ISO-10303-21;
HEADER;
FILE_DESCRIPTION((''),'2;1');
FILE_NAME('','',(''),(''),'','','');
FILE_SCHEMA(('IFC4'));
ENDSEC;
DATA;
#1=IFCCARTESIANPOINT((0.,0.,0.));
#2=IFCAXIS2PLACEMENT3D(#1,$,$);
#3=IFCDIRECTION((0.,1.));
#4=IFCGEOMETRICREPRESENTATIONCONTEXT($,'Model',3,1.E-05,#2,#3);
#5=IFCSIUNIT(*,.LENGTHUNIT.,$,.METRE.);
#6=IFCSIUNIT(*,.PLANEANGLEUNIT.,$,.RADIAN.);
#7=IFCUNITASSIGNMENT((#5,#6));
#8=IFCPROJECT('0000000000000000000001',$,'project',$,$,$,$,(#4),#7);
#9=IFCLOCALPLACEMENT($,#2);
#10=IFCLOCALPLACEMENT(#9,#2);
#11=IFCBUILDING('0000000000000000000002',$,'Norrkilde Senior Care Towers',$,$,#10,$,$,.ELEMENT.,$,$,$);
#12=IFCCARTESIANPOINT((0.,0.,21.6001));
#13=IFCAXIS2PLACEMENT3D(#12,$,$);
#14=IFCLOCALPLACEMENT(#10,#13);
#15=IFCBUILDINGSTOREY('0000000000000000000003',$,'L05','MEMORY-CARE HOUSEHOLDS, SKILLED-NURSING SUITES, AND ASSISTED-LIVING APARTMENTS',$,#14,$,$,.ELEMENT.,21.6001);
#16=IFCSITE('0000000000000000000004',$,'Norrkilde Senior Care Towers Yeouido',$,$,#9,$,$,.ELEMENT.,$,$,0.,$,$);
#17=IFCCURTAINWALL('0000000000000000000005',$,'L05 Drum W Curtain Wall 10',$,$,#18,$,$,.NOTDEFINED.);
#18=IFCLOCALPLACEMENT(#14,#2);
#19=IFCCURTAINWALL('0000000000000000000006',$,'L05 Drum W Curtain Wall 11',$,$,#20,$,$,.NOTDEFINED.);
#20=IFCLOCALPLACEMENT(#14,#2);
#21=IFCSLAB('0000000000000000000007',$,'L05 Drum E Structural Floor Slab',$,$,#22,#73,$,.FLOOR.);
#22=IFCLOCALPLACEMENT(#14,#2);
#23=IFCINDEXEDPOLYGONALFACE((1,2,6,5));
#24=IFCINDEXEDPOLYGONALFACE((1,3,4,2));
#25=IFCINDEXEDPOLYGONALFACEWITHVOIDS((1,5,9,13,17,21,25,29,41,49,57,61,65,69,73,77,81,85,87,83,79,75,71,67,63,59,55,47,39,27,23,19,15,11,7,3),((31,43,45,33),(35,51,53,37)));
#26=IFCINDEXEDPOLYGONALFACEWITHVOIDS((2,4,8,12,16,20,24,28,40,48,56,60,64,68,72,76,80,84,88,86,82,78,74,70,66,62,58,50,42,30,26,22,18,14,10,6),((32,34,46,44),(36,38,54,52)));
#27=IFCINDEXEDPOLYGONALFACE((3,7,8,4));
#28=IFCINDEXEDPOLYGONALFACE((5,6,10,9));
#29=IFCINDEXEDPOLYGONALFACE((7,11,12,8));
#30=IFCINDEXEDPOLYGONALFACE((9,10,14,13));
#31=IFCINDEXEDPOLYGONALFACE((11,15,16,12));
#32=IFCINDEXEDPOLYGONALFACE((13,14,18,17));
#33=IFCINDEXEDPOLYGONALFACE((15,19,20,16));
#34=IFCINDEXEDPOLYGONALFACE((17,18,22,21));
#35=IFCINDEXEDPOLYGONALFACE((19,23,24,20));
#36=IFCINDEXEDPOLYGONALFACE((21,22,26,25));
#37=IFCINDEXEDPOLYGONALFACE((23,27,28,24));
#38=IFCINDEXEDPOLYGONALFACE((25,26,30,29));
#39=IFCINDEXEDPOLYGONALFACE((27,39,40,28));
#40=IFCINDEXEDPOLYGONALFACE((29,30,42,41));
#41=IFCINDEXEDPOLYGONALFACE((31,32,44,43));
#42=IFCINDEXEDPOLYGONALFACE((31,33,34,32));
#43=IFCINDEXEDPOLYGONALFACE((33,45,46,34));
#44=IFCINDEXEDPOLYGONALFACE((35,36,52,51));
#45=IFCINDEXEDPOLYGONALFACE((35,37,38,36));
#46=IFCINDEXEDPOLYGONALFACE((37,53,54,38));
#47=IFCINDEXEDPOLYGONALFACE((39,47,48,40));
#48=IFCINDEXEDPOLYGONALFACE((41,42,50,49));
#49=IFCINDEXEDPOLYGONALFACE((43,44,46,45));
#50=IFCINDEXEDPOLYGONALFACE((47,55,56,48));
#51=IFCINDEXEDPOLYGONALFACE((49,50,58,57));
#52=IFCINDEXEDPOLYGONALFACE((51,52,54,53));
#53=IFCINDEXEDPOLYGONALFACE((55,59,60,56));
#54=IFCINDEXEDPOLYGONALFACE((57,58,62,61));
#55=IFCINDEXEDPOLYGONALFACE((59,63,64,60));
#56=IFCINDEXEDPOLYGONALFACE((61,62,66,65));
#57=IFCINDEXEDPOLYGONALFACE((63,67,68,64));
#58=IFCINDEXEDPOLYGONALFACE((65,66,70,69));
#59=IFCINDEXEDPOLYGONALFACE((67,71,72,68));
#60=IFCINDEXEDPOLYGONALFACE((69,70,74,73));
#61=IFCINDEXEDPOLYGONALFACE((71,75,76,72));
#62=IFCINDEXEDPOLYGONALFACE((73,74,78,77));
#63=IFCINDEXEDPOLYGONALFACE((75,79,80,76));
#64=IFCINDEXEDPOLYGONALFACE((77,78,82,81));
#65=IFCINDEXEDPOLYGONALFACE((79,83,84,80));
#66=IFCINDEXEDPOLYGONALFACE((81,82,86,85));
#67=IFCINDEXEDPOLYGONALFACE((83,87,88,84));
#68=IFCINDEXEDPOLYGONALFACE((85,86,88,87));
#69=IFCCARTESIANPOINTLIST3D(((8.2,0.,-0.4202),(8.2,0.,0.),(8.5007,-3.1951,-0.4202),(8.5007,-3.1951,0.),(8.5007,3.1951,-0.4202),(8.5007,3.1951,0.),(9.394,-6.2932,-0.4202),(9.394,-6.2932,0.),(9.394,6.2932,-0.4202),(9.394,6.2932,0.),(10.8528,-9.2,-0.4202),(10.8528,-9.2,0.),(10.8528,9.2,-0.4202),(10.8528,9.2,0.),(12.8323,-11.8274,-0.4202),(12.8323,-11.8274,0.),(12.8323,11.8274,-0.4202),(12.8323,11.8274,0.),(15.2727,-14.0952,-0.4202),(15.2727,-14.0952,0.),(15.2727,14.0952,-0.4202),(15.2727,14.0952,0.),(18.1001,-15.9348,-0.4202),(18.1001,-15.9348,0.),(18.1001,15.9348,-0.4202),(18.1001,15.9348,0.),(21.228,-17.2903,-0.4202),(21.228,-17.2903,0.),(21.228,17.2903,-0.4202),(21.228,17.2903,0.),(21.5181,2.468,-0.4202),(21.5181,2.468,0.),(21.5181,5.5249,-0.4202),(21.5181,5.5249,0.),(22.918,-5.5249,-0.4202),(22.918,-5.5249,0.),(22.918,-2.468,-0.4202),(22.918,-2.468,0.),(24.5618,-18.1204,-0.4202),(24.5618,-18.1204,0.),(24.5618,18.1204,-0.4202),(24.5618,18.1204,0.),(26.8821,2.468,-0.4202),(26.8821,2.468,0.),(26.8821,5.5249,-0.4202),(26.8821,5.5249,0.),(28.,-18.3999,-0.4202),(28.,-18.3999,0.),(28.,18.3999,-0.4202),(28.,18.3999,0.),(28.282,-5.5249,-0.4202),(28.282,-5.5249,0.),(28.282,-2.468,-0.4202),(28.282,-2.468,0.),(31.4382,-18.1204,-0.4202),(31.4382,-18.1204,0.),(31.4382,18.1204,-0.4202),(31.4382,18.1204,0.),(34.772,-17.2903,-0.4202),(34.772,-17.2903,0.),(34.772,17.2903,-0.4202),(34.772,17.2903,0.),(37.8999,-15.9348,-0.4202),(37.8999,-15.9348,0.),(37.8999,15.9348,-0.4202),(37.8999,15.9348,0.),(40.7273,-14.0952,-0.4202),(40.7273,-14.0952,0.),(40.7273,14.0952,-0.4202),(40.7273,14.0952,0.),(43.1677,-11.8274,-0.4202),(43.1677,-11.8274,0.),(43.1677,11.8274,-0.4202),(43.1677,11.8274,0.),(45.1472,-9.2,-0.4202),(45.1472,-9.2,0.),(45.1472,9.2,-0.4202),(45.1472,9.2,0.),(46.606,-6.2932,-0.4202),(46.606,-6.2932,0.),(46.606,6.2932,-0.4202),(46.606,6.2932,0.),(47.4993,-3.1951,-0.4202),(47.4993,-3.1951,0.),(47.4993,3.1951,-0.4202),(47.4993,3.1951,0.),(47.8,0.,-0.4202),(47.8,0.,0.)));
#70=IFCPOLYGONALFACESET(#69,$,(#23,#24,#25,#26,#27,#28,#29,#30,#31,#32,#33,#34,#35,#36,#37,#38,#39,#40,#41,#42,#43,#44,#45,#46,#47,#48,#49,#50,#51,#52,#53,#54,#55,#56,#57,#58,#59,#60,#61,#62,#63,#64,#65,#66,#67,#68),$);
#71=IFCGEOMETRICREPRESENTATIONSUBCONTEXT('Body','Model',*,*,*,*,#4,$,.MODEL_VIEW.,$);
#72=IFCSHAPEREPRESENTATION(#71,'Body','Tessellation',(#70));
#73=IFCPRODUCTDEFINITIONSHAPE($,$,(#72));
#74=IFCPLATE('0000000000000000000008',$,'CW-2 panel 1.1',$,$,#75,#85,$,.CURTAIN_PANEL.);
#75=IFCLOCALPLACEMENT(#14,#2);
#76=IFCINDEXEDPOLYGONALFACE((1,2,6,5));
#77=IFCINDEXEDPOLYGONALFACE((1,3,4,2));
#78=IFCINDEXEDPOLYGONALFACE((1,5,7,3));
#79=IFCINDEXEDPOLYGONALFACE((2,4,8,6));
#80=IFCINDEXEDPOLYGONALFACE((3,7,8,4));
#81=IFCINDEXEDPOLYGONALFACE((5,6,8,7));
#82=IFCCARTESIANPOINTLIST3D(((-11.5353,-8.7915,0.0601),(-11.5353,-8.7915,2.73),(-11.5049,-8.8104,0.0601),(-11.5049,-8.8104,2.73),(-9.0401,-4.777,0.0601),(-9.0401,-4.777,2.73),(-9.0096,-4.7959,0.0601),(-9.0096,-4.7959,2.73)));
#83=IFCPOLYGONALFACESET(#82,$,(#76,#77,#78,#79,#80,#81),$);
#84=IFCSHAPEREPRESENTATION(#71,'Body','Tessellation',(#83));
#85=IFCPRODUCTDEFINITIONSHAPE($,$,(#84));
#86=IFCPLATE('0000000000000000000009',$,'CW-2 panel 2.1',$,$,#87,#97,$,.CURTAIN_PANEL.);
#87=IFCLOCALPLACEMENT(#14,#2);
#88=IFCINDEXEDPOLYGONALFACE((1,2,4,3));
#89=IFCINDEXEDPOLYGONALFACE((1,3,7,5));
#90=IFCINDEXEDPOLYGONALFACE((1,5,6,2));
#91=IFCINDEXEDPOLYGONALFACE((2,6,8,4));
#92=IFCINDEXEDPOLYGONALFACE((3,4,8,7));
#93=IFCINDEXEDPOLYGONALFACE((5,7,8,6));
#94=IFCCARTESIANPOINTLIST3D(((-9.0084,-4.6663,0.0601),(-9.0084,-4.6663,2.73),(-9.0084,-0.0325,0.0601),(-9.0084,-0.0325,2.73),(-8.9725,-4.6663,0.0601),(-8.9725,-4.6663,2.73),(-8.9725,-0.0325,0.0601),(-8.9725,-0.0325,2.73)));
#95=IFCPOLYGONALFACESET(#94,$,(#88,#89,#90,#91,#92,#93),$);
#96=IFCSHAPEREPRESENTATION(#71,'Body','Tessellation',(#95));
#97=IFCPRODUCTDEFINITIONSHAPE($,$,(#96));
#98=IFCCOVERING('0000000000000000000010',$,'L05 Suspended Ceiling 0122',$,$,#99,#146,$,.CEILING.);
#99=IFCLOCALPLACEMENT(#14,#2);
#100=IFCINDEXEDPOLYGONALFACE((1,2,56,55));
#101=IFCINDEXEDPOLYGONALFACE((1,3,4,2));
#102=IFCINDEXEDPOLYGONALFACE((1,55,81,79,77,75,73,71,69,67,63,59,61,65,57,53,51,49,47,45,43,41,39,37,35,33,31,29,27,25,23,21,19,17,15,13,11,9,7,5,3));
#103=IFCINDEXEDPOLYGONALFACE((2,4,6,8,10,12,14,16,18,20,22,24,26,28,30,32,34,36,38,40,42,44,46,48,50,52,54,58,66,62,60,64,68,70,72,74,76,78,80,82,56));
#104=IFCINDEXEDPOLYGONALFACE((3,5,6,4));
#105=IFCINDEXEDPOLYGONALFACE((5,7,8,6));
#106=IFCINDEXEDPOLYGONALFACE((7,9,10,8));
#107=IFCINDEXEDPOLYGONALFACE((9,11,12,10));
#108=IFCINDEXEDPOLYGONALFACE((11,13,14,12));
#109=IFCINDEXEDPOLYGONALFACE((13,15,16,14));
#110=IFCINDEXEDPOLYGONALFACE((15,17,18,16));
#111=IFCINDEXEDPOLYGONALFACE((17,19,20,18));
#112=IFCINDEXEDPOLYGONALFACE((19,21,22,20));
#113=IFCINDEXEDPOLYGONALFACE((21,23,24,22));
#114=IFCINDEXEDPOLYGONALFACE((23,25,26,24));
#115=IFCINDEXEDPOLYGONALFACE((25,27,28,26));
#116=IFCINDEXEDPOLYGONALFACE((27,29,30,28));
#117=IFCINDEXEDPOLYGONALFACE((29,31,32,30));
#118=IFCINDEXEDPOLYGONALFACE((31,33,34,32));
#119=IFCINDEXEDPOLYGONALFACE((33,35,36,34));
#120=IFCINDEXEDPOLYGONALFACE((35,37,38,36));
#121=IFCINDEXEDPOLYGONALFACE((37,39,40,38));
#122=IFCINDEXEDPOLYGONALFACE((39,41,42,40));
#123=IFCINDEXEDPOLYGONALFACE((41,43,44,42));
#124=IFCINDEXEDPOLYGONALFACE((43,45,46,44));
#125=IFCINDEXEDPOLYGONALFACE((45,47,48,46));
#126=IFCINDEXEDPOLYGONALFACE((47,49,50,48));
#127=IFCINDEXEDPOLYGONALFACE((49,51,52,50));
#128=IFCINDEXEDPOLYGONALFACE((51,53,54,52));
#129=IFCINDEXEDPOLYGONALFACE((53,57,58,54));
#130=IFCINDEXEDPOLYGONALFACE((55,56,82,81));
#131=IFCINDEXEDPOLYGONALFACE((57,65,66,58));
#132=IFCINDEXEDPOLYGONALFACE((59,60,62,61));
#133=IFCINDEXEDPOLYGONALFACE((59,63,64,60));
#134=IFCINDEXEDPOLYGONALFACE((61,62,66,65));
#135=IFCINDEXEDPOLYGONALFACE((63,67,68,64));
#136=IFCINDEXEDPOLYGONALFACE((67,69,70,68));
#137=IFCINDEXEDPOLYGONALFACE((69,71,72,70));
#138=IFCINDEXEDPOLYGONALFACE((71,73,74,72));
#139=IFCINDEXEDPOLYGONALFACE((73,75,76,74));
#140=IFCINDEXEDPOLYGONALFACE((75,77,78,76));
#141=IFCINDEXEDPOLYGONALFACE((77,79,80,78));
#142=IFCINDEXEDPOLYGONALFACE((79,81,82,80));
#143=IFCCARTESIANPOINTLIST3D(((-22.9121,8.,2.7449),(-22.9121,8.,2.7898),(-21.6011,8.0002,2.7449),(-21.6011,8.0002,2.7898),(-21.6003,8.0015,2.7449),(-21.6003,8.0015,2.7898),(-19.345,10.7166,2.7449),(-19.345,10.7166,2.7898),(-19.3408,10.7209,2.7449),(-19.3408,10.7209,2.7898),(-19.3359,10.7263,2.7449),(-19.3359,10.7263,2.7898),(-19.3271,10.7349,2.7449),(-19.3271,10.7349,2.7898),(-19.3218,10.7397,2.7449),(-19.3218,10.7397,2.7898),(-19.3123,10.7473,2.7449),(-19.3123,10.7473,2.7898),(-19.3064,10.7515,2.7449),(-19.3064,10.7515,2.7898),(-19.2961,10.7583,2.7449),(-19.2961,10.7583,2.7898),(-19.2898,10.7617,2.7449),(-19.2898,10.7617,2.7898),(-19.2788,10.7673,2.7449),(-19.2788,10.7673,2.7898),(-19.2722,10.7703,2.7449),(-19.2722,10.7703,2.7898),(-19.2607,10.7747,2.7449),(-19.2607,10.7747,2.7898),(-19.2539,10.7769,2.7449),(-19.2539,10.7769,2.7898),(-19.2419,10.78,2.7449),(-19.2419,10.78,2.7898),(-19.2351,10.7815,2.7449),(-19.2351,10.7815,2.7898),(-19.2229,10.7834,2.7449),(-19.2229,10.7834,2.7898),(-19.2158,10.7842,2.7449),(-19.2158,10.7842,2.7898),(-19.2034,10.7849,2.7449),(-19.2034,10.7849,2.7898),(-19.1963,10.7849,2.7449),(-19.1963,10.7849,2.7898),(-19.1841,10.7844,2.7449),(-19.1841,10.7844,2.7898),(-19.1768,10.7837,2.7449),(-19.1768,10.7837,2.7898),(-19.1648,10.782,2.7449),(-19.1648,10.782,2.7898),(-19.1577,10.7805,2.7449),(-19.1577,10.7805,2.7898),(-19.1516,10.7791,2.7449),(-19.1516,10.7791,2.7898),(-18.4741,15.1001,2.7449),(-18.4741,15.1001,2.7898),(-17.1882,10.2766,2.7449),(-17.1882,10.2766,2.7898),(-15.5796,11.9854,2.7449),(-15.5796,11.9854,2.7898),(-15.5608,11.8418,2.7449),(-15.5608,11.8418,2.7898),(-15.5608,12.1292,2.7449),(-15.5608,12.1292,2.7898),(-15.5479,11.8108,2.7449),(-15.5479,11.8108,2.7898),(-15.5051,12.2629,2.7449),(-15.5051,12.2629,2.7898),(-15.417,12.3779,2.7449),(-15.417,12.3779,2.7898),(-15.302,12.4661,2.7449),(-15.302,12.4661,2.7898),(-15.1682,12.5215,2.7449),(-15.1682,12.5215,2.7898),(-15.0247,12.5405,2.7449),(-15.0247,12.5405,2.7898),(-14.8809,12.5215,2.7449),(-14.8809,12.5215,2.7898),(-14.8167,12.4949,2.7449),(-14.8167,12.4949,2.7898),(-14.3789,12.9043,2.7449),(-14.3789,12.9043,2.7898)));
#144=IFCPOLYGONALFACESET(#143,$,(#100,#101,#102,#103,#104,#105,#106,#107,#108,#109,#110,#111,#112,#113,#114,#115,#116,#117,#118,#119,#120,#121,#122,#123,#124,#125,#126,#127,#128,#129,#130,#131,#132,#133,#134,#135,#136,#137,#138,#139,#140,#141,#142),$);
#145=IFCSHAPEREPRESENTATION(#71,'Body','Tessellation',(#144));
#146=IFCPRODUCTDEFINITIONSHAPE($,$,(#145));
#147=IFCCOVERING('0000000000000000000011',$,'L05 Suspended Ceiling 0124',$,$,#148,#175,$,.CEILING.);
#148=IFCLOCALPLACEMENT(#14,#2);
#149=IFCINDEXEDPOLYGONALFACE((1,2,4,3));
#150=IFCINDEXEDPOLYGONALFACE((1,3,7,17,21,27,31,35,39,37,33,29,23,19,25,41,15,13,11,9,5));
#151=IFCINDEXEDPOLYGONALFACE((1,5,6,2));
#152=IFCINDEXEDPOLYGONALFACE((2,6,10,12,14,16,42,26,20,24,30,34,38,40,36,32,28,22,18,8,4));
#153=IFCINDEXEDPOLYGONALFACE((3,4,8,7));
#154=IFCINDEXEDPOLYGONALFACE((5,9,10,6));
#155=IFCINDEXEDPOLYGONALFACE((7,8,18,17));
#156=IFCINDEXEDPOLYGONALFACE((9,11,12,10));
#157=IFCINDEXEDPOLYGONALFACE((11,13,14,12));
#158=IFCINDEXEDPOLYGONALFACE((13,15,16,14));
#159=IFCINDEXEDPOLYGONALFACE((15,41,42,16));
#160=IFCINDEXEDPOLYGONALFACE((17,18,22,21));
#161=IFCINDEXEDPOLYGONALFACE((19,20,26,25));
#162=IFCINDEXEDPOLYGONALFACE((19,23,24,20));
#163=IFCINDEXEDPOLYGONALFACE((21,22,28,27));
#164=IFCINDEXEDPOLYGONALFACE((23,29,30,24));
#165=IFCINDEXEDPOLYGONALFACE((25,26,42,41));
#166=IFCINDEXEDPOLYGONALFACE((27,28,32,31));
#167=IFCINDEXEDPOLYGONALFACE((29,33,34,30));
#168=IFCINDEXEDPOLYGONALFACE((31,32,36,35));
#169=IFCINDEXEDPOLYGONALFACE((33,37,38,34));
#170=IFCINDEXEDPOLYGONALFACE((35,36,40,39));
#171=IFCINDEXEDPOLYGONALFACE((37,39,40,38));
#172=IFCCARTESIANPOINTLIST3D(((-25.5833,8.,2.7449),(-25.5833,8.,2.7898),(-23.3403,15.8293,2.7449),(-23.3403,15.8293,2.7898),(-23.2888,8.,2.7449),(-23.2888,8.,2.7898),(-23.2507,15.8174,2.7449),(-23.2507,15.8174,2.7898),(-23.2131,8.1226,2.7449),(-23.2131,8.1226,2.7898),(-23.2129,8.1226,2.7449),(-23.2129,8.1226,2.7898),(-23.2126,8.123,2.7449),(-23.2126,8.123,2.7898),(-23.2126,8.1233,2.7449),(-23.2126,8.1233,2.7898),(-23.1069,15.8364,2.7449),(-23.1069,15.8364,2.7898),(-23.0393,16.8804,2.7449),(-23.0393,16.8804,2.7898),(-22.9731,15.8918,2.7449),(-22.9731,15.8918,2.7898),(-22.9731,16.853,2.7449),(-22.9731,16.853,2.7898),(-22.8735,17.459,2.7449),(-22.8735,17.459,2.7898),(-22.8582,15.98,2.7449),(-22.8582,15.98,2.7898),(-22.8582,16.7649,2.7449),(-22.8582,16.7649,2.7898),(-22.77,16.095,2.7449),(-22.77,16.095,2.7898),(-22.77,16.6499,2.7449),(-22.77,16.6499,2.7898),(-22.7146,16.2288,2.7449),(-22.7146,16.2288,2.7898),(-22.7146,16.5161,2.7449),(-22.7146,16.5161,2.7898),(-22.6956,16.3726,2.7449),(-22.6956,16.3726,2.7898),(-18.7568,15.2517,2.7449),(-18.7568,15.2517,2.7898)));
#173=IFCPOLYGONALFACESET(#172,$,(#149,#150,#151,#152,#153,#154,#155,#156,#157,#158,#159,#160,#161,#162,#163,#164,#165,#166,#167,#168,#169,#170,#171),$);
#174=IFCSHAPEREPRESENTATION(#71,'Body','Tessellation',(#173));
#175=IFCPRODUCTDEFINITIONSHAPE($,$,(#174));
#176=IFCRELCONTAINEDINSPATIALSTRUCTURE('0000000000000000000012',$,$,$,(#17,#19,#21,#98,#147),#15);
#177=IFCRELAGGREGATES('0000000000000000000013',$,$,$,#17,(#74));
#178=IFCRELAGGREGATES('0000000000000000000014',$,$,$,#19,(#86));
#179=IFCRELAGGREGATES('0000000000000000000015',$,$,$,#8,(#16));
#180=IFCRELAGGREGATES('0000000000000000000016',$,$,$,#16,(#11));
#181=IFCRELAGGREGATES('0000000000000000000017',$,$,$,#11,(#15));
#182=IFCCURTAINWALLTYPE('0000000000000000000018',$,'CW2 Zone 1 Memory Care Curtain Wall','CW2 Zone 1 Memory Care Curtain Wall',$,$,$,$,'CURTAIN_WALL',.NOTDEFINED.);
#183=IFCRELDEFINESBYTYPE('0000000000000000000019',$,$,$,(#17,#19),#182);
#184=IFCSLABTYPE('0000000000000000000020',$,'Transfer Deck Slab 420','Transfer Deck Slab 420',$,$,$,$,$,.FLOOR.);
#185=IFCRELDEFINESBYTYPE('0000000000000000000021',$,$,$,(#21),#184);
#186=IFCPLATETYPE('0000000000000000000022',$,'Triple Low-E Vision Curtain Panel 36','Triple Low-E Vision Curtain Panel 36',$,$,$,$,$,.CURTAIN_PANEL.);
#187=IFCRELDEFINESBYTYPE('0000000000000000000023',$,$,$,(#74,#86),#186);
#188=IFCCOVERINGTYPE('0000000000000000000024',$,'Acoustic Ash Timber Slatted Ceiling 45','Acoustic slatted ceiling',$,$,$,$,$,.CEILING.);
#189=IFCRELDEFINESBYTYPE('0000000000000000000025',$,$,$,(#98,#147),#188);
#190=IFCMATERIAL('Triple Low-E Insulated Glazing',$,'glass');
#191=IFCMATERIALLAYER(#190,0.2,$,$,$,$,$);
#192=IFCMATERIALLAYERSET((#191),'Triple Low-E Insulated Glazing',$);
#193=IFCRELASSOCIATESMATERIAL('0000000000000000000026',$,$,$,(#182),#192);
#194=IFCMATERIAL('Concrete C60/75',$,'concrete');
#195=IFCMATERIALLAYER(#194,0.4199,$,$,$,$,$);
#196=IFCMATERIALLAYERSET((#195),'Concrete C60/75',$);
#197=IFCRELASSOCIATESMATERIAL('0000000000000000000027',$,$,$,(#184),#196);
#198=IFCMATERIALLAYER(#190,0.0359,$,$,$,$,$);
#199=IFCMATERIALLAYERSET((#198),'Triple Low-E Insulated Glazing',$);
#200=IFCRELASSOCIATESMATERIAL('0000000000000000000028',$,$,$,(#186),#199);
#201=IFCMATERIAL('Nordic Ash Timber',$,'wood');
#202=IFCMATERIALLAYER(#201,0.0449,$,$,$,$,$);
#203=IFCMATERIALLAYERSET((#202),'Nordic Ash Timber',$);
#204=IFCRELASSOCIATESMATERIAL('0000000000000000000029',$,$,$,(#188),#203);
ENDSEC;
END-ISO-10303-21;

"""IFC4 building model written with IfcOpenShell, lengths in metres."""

from ifc_helpers import new_model, si_unit, direction, frame, origin, origin_2d, place, context, subcontext, project, spatial, polyline, rectangle, outline, extrude, source, transform, mapped, material, layer, layer_set, type_object, type_shapes, element, aggregate, save


model = new_model("IFC4")

# Units and contexts
model_context = context("Model", 3, precision=1e-05, world=origin(), true_north=direction((0.0, 1.0)))
body_context = subcontext(model_context, "Body", "Model", "MODEL_VIEW")
ifc_project = project(units=[si_unit("LENGTHUNIT", "METRE"), si_unit("PLANEANGLEUNIT", "RADIAN")], contexts=[model_context])

# Site, building, storey
site_placement = place(None, origin())
site = spatial("IfcSite", under=ifc_project, at=site_placement, Name="Norrkilde Senior Care Towers Yeouido", CompositionType="ELEMENT", RefElevation=0.0)
building_placement = place(site_placement, origin())
building = spatial("IfcBuilding", under=site, at=building_placement, Name="Norrkilde Senior Care Towers", CompositionType="ELEMENT")
storey_placement = place(building_placement, frame((0.0, 0.0, 21.6001)))
storey = spatial("IfcBuildingStorey", under=building, at=storey_placement, Name="L05", Description="MEMORY-CARE HOUSEHOLDS, SKILLED-NURSING SUITES, AND ASSISTED-LIVING APARTMENTS", CompositionType="ELEMENT", Elevation=21.6001)

# Shared definitions
ifc_material_1 = material(Name="Concrete C60/75", Category="concrete")

# Curtain walls
ifc_material_2 = material(Name="Triple Low-E Insulated Glazing", Category="glass")
ifc_layer_1 = layer(ifc_material_2, 0.2)
ifc_layer_set_1 = layer_set([ifc_layer_1], Name="Triple Low-E Insulated Glazing")
curtain_wall_type = type_object("IfcCurtainWallType", Name="CW2 Zone 1 Memory Care Curtain Wall", Description="CW2 Zone 1 Memory Care Curtain Wall", ElementType="CURTAIN_WALL", PredefinedType="NOTDEFINED", material=ifc_layer_set_1)
curtain_wall_1_placement = place(storey_placement, origin())
curtain_wall_1 = element("IfcCurtainWall", 1, at=curtain_wall_1_placement, inside=storey, type_object=curtain_wall_type, Name="L05 Drum W Curtain Wall 10", PredefinedType="NOTDEFINED")
curtain_wall_2_placement = place(storey_placement, origin())
curtain_wall_2 = element("IfcCurtainWall", 2, at=curtain_wall_2_placement, inside=storey, type_object=curtain_wall_type, Name="L05 Drum W Curtain Wall 11", PredefinedType="NOTDEFINED")

# Slab
ifc_layer_2 = layer(ifc_material_1, 0.4199)
ifc_layer_set_2 = layer_set([ifc_layer_2], Name="Concrete C60/75")
slab_type_1 = type_object("IfcSlabType", Name="Transfer Deck Slab 420", Description="Transfer Deck Slab 420", PredefinedType="FLOOR", material=ifc_layer_set_2)
slab_1_placement = place(storey_placement, frame((0.0, 0.0, -0.4202)))
element("IfcSlab", 3, at=slab_1_placement, inside=storey, type_object=slab_type_1, Name="L05 Drum E Structural Floor Slab", PredefinedType="FLOOR", context=body_context, shape_type="SweptSolid", body=[
    extrude(outline(polyline([(46.606, -6.2932), (45.1472, -9.2), (43.1677, -11.8274), (40.7273, -14.0952), (37.8999, -15.9348), (34.772, -17.2903), (31.4382, -18.1204), (28.0, -18.3999), (24.5618, -18.1204), (21.228, -17.2903), (18.1001, -15.9348), (15.2727, -14.0952), (12.8323, -11.8274), (10.8528, -9.2), (9.394, -6.2932), (8.5007, -3.1951), (8.2, 0.0), (8.5007, 3.1951), (9.394, 6.2932), (10.8528, 9.2), (12.8323, 11.8274), (15.2727, 14.0952), (18.1001, 15.9348), (21.228, 17.2903), (24.5618, 18.1204), (28.0, 18.3999), (31.4382, 18.1204), (34.772, 17.2903), (37.8999, 15.9348), (40.7273, 14.0952), (43.1677, 11.8274), (45.1472, 9.2), (46.606, 6.2932), (47.4993, 3.1951), (47.8, 0.0), (47.4993, -3.1951), (46.606, -6.2932)]), holes=[polyline([(21.5181, 2.468), (26.8821, 2.468), (26.8821, 5.5249), (21.5181, 5.5249), (21.5181, 2.468)]), polyline([(28.282, -5.5249), (28.282, -2.468), (22.918, -2.468), (22.918, -5.5249), (28.282, -5.5249)])]), origin(), (0.0, 0.0, 1.0), 0.4202),
])

# Plates
ifc_layer_3 = layer(ifc_material_2, 0.0359)
ifc_layer_set_3 = layer_set([ifc_layer_3], Name="Triple Low-E Insulated Glazing")
plate_type = type_object("IfcPlateType", Name="Triple Low-E Vision Curtain Panel 36", Description="Triple Low-E Vision Curtain Panel 36", PredefinedType="CURTAIN_PANEL", material=ifc_layer_set_3)
shared_shape_1 = source(origin(), body_context, "Body", "SweptSolid", [
    extrude(rectangle(XDim=4.7268, YDim=0.0359, at=origin_2d()), origin(), (0.0, 0.0, 1.0), 2.6699),
])
plate_1_placement = place(storey_placement, frame((-10.2725, -6.7937, 0.0601), z_axis=(0.0, 0.0, 1.0), x_axis=(-0.527901, -0.849306, 0.0)))
plate_1 = element("IfcPlate", 4, at=plate_1_placement, type_object=plate_type, Name="CW-2 panel 1.1", PredefinedType="CURTAIN_PANEL", context=body_context, shape_type="MappedRepresentation", body=[
    mapped(shared_shape_1, transform((0.0, 0.0, 0.0), x_axis=(1.0, 0.0, 0.0), y_axis=(0.0, 1.0, 0.0), z_axis=(0.0, 0.0, 1.0), scale=1.0)),
])
aggregate(curtain_wall_1, [plate_1])
shared_shape_2 = source(origin(), body_context, "Body", "SweptSolid", [
    extrude(rectangle(XDim=4.6338, YDim=0.0359, at=origin_2d()), origin(), (0.0, 0.0, 1.0), 2.6699),
])
type_shapes(plate_type, [shared_shape_1, shared_shape_2])
plate_2_placement = place(storey_placement, frame((-8.9905, -2.3494, 0.0601), z_axis=(0.0, 0.0, 1.0), x_axis=(0.0, -1.0, 0.0)))
plate_2 = element("IfcPlate", 5, at=plate_2_placement, type_object=plate_type, Name="CW-2 panel 2.1", PredefinedType="CURTAIN_PANEL", context=body_context, shape_type="MappedRepresentation", body=[
    mapped(shared_shape_2, transform((0.0, 0.0, 0.0), x_axis=(1.0, 0.0, 0.0), y_axis=(0.0, 1.0, 0.0), z_axis=(0.0, 0.0, 1.0), scale=1.0)),
])
aggregate(curtain_wall_2, [plate_2])

# Coverings
ifc_material_3 = material(Name="Nordic Ash Timber", Category="wood")
ifc_layer_4 = layer(ifc_material_3, 0.0449)
ifc_layer_set_4 = layer_set([ifc_layer_4], Name="Nordic Ash Timber")
covering_type_1 = type_object("IfcCoveringType", Name="Acoustic Ash Timber Slatted Ceiling 45", Description="Acoustic slatted ceiling", PredefinedType="CEILING", material=ifc_layer_set_4)
covering_1_placement = place(storey_placement, frame((0.0, 0.0, 2.7449)))
element("IfcCovering", 6, at=covering_1_placement, inside=storey, type_object=covering_type_1, Name="L05 Suspended Ceiling 0122", PredefinedType="CEILING", context=body_context, shape_type="SweptSolid", body=[
    extrude(outline(polyline([(-19.1577, 10.7805), (-19.1648, 10.782), (-19.1768, 10.7837), (-19.1841, 10.7844), (-19.1963, 10.7849), (-19.2034, 10.7849), (-19.2158, 10.7842), (-19.2229, 10.7834), (-19.2351, 10.7815), (-19.2419, 10.78), (-19.2539, 10.7769), (-19.2607, 10.7747), (-19.2722, 10.7703), (-19.2788, 10.7673), (-19.2898, 10.7617), (-19.2961, 10.7583), (-19.3064, 10.7515), (-19.3123, 10.7473), (-19.3218, 10.7397), (-19.3271, 10.7349), (-19.3359, 10.7263), (-19.3408, 10.7209), (-19.345, 10.7166), (-21.6003, 8.0015), (-21.6011, 8.0002), (-22.9121, 8.0), (-18.4741, 15.1001), (-14.3789, 12.9043), (-14.8167, 12.4949), (-14.8809, 12.5215), (-15.0247, 12.5405), (-15.1682, 12.5215), (-15.302, 12.4661), (-15.417, 12.3779), (-15.5051, 12.2629), (-15.5608, 12.1292), (-15.5796, 11.9854), (-15.5608, 11.8418), (-15.5479, 11.8108), (-17.1882, 10.2766), (-19.1516, 10.7791), (-19.1577, 10.7805)])), origin(), (0.0, 0.0, 1.0), 0.0449),
])
covering_2_placement = place(storey_placement, frame((0.0, 0.0, 2.7449)))
element("IfcCovering", 7, at=covering_2_placement, inside=storey, type_object=covering_type_1, Name="L05 Suspended Ceiling 0124", PredefinedType="CEILING", context=body_context, shape_type="SweptSolid", body=[
    extrude(outline(polyline([(-23.2131, 8.1226), (-23.2888, 8.0), (-25.5833, 8.0), (-23.3403, 15.8293), (-23.2507, 15.8174), (-23.1069, 15.8364), (-22.9731, 15.8918), (-22.8582, 15.98), (-22.77, 16.095), (-22.7146, 16.2288), (-22.6956, 16.3726), (-22.7146, 16.5161), (-22.77, 16.6499), (-22.8582, 16.7649), (-22.9731, 16.853), (-23.0393, 16.8804), (-22.8735, 17.459), (-18.7568, 15.2517), (-23.2126, 8.1233), (-23.2126, 8.123), (-23.2129, 8.1226), (-23.2131, 8.1226)])), origin(), (0.0, 0.0, 1.0), 0.0449),
])

save(model, "model.ifc")
